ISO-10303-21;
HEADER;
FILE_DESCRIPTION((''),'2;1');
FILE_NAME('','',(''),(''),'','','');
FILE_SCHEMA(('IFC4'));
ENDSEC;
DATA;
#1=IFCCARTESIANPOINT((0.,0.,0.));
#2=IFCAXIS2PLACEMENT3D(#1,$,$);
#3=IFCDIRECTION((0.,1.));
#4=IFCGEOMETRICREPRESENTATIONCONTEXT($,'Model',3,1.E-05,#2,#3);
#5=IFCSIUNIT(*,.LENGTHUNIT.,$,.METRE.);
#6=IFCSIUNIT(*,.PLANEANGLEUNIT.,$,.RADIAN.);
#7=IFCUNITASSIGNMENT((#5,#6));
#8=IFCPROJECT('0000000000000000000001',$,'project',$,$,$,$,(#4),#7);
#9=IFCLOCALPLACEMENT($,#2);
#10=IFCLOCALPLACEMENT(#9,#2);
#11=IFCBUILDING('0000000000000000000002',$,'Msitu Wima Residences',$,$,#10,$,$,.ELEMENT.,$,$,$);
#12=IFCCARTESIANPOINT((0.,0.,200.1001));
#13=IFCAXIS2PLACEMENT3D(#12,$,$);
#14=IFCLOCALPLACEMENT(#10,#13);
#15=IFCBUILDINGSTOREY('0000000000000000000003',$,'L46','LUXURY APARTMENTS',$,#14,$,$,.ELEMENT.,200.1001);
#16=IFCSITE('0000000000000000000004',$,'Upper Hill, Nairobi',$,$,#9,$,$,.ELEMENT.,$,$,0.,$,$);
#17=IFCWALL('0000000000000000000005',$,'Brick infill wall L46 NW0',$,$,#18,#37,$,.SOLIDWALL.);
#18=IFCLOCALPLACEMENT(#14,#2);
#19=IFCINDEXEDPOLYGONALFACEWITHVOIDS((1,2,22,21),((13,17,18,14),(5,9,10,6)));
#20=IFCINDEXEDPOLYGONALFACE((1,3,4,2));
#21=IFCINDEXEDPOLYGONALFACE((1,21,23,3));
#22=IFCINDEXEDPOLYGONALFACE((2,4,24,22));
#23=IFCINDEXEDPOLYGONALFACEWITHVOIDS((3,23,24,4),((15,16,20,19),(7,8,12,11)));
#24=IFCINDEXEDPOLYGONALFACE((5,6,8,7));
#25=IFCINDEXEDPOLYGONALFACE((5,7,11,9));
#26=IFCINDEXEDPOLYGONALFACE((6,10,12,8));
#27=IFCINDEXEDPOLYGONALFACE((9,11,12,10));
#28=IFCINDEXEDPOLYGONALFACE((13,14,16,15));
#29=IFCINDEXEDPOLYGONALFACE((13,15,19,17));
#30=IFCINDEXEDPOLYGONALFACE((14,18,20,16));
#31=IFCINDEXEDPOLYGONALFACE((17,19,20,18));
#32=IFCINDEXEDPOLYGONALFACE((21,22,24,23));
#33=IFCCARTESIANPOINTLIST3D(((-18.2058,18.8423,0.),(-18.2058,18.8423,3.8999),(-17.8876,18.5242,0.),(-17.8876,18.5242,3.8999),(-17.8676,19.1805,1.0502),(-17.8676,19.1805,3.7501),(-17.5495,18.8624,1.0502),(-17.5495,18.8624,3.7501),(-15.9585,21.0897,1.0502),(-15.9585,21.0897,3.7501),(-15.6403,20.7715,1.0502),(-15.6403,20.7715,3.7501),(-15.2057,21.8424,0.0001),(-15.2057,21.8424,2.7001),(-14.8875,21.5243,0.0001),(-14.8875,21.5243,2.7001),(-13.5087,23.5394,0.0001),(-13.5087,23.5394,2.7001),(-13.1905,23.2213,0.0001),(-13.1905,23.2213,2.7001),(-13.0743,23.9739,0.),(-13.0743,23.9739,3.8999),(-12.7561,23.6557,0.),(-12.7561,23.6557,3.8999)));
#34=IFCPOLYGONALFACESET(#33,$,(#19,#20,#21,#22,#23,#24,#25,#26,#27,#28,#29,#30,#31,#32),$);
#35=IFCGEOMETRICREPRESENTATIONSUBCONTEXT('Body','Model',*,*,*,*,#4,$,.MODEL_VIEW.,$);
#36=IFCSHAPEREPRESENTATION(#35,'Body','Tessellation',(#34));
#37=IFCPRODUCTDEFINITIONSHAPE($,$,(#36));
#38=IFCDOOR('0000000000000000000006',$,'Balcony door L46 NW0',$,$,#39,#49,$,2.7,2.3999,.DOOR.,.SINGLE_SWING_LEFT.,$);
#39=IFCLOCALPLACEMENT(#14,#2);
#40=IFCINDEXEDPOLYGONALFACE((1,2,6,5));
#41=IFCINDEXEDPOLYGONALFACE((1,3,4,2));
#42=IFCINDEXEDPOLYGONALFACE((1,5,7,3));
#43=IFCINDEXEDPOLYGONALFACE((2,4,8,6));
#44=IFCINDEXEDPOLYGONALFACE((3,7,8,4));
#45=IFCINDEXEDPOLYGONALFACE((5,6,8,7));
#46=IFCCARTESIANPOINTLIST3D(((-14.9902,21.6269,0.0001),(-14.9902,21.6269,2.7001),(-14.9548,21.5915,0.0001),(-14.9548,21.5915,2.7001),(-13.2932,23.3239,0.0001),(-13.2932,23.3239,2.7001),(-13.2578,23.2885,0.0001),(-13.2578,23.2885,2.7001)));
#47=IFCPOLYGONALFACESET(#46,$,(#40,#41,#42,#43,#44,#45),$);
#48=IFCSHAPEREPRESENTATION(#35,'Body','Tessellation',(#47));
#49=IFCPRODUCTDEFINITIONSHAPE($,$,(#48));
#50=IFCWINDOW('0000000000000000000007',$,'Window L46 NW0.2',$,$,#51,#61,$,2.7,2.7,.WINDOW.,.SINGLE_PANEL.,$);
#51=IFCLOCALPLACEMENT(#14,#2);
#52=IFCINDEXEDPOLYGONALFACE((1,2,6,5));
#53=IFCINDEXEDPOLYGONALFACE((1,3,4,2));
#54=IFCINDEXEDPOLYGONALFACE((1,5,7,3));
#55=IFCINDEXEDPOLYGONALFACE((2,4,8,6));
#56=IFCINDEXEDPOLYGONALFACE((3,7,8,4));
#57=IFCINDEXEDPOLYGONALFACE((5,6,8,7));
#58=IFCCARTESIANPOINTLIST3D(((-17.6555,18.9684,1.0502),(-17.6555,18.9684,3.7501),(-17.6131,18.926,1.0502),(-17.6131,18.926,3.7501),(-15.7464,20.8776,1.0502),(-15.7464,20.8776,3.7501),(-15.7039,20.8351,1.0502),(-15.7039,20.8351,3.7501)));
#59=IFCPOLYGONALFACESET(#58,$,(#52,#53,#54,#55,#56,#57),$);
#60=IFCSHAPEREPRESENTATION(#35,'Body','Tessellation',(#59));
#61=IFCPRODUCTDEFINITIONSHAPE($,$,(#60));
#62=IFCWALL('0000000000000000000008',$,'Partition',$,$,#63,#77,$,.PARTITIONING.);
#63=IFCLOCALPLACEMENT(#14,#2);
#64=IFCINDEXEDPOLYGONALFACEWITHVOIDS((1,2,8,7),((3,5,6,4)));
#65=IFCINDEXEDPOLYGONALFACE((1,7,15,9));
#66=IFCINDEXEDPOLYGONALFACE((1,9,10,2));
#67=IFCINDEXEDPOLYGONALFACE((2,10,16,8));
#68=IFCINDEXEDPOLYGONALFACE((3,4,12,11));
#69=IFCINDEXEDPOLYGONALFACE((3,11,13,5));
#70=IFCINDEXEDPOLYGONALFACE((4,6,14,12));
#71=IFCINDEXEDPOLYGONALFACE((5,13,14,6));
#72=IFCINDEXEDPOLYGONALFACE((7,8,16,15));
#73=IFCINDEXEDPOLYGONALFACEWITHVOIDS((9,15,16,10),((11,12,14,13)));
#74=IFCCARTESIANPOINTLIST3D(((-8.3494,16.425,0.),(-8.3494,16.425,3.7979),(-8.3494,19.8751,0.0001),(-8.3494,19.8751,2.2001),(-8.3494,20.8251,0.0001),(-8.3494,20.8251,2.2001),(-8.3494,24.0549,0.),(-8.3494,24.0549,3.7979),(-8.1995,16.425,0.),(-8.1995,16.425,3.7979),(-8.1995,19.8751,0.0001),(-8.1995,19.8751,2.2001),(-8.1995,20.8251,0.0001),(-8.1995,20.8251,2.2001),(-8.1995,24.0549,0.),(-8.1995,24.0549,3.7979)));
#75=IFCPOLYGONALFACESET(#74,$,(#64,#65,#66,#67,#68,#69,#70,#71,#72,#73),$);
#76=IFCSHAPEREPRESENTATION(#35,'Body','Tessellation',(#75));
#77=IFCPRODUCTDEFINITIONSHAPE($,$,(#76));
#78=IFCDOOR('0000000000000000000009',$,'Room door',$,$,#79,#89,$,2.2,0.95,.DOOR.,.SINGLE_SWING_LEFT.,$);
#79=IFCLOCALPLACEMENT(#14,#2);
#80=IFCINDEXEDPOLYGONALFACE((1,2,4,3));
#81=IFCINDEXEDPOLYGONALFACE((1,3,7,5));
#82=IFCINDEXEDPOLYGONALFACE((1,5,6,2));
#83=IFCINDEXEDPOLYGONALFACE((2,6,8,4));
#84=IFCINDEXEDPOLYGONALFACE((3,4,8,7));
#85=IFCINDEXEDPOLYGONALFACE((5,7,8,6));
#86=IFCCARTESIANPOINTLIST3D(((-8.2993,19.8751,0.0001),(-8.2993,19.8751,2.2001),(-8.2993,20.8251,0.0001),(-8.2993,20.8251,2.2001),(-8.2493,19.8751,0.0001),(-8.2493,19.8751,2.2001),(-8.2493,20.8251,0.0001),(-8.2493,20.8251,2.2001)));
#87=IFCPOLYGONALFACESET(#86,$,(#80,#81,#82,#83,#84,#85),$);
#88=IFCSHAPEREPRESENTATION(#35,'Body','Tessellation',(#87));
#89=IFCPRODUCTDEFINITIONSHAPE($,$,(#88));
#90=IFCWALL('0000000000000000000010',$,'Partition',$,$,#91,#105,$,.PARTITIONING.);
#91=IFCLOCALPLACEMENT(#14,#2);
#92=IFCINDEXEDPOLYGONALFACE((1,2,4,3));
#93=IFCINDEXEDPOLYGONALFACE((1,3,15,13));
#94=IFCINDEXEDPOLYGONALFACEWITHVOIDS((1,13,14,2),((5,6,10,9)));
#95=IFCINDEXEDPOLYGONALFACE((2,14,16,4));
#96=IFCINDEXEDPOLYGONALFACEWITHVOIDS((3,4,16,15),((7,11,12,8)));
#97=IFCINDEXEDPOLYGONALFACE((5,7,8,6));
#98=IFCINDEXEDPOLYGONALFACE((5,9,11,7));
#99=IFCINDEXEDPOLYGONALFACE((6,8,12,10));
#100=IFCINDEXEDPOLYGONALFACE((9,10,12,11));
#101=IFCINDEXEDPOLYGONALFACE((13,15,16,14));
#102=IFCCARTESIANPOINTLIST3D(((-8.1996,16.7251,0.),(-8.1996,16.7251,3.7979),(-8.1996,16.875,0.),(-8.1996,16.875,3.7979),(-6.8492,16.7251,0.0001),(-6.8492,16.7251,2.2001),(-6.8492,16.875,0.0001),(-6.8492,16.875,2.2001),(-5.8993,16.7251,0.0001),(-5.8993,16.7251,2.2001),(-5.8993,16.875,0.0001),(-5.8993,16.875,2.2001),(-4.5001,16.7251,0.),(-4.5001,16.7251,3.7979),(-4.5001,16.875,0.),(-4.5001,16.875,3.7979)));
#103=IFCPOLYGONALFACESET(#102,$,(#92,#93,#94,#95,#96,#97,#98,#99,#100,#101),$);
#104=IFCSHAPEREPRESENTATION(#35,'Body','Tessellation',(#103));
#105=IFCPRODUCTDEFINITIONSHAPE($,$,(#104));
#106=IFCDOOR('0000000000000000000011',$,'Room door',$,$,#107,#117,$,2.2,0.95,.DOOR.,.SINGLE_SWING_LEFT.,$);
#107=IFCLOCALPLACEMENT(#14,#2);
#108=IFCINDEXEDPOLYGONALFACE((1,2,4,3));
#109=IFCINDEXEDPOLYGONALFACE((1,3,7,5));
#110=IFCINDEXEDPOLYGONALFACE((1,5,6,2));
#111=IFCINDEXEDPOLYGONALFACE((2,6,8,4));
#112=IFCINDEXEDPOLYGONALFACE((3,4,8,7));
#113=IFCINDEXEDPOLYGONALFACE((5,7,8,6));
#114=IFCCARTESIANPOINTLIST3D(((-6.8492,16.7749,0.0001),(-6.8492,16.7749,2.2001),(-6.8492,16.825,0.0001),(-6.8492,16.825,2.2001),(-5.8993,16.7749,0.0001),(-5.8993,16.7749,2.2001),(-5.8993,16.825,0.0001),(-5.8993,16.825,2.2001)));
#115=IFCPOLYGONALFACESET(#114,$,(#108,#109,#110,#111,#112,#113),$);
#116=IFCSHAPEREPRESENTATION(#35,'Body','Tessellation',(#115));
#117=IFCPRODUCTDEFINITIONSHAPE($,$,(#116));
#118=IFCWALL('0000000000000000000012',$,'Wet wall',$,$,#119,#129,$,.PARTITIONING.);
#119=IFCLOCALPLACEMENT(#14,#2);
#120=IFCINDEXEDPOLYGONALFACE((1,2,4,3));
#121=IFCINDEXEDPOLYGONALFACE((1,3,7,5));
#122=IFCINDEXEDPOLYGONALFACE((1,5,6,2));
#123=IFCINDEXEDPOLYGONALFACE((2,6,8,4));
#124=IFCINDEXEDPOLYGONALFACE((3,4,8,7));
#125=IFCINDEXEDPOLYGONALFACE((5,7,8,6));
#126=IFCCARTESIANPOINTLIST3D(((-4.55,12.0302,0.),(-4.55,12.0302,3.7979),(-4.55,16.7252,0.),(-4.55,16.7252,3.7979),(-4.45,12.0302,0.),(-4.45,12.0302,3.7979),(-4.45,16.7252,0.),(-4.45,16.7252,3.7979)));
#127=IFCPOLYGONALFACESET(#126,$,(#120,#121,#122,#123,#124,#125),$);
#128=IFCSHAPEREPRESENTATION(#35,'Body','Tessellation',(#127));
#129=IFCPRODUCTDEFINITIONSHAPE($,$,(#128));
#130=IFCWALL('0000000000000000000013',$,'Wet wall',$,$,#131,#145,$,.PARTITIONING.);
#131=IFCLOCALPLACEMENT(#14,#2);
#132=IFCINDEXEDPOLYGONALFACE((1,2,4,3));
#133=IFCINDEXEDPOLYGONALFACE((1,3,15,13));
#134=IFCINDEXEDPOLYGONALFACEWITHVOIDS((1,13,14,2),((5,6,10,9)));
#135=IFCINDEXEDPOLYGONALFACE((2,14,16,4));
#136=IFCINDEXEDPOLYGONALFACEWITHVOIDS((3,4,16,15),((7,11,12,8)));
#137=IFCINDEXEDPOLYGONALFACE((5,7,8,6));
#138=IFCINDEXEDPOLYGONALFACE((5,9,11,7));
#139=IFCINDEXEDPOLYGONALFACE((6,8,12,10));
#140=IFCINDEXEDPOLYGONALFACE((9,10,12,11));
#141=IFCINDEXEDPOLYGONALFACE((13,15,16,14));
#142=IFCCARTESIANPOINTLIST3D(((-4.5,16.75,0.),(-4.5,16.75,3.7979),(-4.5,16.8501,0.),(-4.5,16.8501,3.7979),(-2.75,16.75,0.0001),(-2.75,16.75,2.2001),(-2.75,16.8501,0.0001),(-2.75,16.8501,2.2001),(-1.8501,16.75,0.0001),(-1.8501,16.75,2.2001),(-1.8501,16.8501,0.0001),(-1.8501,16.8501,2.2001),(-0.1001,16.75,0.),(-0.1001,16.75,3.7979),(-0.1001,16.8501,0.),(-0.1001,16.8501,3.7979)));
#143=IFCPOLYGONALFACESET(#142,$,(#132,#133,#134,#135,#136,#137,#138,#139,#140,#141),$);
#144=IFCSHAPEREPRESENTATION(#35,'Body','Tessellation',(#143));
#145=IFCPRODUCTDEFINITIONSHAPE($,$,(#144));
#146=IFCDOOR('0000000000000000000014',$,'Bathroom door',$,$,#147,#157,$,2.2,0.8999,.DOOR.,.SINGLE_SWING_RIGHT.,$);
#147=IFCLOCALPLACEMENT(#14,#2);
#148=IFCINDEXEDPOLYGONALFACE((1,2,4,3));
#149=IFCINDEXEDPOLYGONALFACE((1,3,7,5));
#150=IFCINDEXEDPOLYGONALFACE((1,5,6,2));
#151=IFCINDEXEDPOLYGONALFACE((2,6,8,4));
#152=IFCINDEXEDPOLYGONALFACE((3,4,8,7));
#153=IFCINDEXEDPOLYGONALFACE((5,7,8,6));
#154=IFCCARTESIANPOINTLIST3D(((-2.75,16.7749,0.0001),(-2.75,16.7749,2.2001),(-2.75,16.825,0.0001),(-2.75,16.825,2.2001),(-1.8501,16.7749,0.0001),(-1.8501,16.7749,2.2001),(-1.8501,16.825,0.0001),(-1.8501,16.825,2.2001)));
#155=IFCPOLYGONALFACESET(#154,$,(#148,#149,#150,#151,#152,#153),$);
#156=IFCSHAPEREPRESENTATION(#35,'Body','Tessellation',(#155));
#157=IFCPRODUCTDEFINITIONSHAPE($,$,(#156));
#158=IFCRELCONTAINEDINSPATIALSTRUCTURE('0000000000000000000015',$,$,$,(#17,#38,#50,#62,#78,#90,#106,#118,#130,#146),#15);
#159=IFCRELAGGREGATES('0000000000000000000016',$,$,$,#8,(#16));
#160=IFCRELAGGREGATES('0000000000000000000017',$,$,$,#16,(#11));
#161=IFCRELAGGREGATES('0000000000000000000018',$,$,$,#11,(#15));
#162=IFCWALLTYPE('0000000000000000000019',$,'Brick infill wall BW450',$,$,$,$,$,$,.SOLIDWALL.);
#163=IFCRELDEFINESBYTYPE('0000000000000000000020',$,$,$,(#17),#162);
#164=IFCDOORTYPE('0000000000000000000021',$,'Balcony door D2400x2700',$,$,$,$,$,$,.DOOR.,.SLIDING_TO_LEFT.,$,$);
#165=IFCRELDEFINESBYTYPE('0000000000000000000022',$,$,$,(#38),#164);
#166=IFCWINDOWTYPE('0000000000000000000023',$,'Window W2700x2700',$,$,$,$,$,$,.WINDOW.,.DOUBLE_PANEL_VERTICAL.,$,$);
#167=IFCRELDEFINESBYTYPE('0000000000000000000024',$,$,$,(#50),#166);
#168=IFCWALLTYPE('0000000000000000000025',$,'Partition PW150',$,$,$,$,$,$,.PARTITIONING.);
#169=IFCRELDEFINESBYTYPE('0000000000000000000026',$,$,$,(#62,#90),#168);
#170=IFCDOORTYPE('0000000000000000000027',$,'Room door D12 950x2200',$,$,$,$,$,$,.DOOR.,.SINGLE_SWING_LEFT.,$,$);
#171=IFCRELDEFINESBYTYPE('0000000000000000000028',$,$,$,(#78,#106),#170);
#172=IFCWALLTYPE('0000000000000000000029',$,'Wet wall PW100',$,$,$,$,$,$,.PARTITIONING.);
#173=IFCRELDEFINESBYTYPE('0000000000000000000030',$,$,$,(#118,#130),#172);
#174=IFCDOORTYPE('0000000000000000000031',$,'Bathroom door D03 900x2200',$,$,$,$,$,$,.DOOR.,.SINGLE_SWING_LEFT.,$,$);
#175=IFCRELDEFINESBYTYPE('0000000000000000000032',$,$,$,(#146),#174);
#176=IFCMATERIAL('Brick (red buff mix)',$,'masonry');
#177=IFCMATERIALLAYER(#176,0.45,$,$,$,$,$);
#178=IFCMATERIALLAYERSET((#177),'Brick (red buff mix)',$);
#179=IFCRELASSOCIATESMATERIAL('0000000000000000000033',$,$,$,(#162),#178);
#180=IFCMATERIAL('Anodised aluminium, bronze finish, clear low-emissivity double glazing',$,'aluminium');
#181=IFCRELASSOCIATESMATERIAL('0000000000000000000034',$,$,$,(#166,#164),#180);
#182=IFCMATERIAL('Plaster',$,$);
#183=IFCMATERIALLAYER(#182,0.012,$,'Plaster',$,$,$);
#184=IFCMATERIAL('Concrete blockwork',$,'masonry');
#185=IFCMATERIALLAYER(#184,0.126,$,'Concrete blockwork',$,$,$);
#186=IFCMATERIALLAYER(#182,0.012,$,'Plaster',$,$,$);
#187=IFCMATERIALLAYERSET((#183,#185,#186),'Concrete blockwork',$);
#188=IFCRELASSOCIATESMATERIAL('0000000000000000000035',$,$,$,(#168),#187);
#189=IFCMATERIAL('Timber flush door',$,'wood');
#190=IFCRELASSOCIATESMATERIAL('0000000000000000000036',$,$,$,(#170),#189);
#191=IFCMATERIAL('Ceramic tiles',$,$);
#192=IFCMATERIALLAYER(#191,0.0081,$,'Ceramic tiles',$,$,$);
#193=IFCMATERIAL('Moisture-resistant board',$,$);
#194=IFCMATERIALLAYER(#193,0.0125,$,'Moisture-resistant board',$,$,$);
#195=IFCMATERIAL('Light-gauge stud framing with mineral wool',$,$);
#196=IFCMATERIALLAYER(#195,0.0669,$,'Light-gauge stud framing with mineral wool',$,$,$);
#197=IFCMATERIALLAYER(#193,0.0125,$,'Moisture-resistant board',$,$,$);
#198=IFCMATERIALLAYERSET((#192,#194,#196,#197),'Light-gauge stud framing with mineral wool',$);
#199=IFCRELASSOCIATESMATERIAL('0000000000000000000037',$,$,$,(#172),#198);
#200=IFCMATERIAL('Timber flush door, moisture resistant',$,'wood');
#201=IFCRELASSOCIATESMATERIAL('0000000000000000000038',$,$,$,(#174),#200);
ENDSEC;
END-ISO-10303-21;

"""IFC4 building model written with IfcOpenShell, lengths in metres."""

from ifc_helpers import new_model, si_unit, direction, frame, frame_2d, origin, place, context, subcontext, project, spatial, rectangle, extrude, material, layer, layer_set, type_object, element, fill, save


model = new_model("IFC4")

# Units and contexts
model_context = context("Model", 3, precision=1e-05, world=origin(), true_north=direction((0.0, 1.0)))
body_context = subcontext(model_context, "Body", "Model", "MODEL_VIEW")
ifc_project = project(units=[si_unit("LENGTHUNIT", "METRE"), si_unit("PLANEANGLEUNIT", "RADIAN")], contexts=[model_context])

# Site, building, storey
site_placement = place(None, origin())
site = spatial("IfcSite", under=ifc_project, at=site_placement, Name="Upper Hill, Nairobi", CompositionType="ELEMENT", RefElevation=0.0)
building_placement = place(site_placement, origin())
building = spatial("IfcBuilding", under=site, at=building_placement, Name="Msitu Wima Residences", CompositionType="ELEMENT")
storey_placement = place(building_placement, frame((0.0, 0.0, 200.1001)))
storey = spatial("IfcBuildingStorey", under=building, at=storey_placement, Name="L46", Description="LUXURY APARTMENTS", CompositionType="ELEMENT", Elevation=200.1001)

# Shared definitions
ifc_material_1 = material(Name="Brick (red buff mix)", Category="masonry")
ifc_layer_1 = layer(ifc_material_1, 0.45)
ifc_layer_set_1 = layer_set([ifc_layer_1], Name="Brick (red buff mix)")
wall_type_1 = type_object("IfcWallType", Name="Brick infill wall BW450", PredefinedType="SOLIDWALL", material=ifc_layer_set_1)
ifc_material_2 = material(Name="Anodised aluminium, bronze finish, clear low-emissivity double glazing", Category="aluminium")
window_type = type_object("IfcWindowType", Name="Window W2700x2700", PartitioningType="DOUBLE_PANEL_VERTICAL", PredefinedType="WINDOW", material=ifc_material_2)

# Wall, openings, door, window
wall_1_placement = place(storey_placement, frame((-12.9153, 23.8147, 0.0), z_axis=(0.0, 0.0, 1.0), x_axis=(-0.707107, -0.707107, 0.0)))
wall_1 = element("IfcWall", 1, at=wall_1_placement, inside=storey, type_object=wall_type_1, Name="Brick infill wall L46 NW0", PredefinedType="SOLIDWALL", context=body_context, shape_type="SweptSolid", body=[
    extrude(rectangle(XDim=7.2571, YDim=0.45, at=frame_2d((3.6284, 0.0))), origin(), (0.0, 0.0, 1.0), 3.8999),
])
opening_1_placement = place(wall_1_placement, frame((0.6143, 0.0, 0.0)))
opening_1 = element("IfcOpeningElement", 2, at=opening_1_placement, cuts=wall_1, PredefinedType="OPENING", context=body_context, shape_type="SweptSolid", body=[
    extrude(rectangle(XDim=2.3999, YDim=2.7, at=frame_2d((1.2, 1.3501))), frame((0.0, 0.2349, 0.0), z_axis=(0.0, -1.0, 0.0), x_axis=(1.0, 0.0, 0.0)), (0.0, 0.0, 1.0), 0.47),
])
opening_2_placement = place(wall_1_placement, frame((4.0786, 0.0, 1.05)))
opening_2 = element("IfcOpeningElement", 3, at=opening_2_placement, cuts=wall_1, PredefinedType="OPENING", context=body_context, shape_type="SweptSolid", body=[
    extrude(rectangle(XDim=2.7, YDim=2.7, at=frame_2d((1.3501, 1.3501))), frame((0.0, 0.2349, 0.0), z_axis=(0.0, -1.0, 0.0), x_axis=(1.0, 0.0, 0.0)), (0.0, 0.0, 1.0), 0.47),
])
door_type_1 = type_object("IfcDoorType", Name="Balcony door D2400x2700", OperationType="SLIDING_TO_LEFT", PredefinedType="DOOR", material=ifc_material_2)
door_1_placement = place(opening_1_placement, origin())
door_1 = element("IfcDoor", 4, at=door_1_placement, inside=storey, type_object=door_type_1, Name="Balcony door L46 NW0", OperationType="SINGLE_SWING_LEFT", OverallHeight=2.7, OverallWidth=2.3999, PredefinedType="DOOR", context=body_context, shape_type="SweptSolid", body=[
    extrude(rectangle(XDim=2.3999, YDim=2.7, at=frame_2d((1.2, 1.3501))), frame((0.0, 0.1299, 0.0), z_axis=(0.0, -1.0, 0.0), x_axis=(1.0, 0.0, 0.0)), (0.0, 0.0, 1.0), 0.05),
])
fill(opening_1, door_1)
window_1_placement = place(opening_2_placement, origin())
window_1 = element("IfcWindow", 5, at=window_1_placement, inside=storey, type_object=window_type, Name="Window L46 NW0.2", OverallHeight=2.7, OverallWidth=2.7, PartitioningType="SINGLE_PANEL", PredefinedType="WINDOW", context=body_context, shape_type="SweptSolid", body=[
    extrude(rectangle(XDim=2.7, YDim=2.7, at=frame_2d((1.3501, 1.3501))), frame((0.0, 0.135, 0.0), z_axis=(0.0, -1.0, 0.0), x_axis=(1.0, 0.0, 0.0)), (0.0, 0.0, 1.0), 0.0601),
])
fill(opening_2, window_1)

# Shared definitions
ifc_material_3 = material(Name="Plaster")
ifc_layer_2 = layer(ifc_material_3, 0.012, Name="Plaster")
ifc_material_4 = material(Name="Concrete blockwork", Category="masonry")
ifc_layer_3 = layer(ifc_material_4, 0.126, Name="Concrete blockwork")
ifc_layer_4 = layer(ifc_material_3, 0.012, Name="Plaster")
ifc_layer_set_2 = layer_set([ifc_layer_2, ifc_layer_3, ifc_layer_4], Name="Concrete blockwork")
wall_type_2 = type_object("IfcWallType", Name="Partition PW150", PredefinedType="PARTITIONING", material=ifc_layer_set_2)

# Walls, openings, doors
wall_2_placement = place(storey_placement, frame((-8.2744, 16.425, 0.0), z_axis=(0.0, 0.0, 1.0), x_axis=(0.0, 1.0, 0.0)))
wall_2 = element("IfcWall", 6, at=wall_2_placement, inside=storey, type_object=wall_type_2, Name="Partition", PredefinedType="PARTITIONING", context=body_context, shape_type="SweptSolid", body=[
    extrude(rectangle(XDim=7.6299, YDim=0.1499, at=frame_2d((3.8149, 0.0))), origin(), (0.0, 0.0, 1.0), 3.7979),
])
opening_3_placement = place(wall_2_placement, frame((3.45, 0.0, 0.0)))
opening_3 = element("IfcOpeningElement", 7, at=opening_3_placement, cuts=wall_2, PredefinedType="OPENING", context=body_context, shape_type="SweptSolid", body=[
    extrude(rectangle(XDim=0.95, YDim=2.2, at=frame_2d((0.4751, 1.1001))), frame((0.0, 0.085, 0.0), z_axis=(0.0, -1.0, 0.0), x_axis=(1.0, 0.0, 0.0)), (0.0, 0.0, 1.0), 0.1699),
])
ifc_material_5 = material(Name="Timber flush door", Category="wood")
door_type_2 = type_object("IfcDoorType", Name="Room door D12 950x2200", OperationType="SINGLE_SWING_LEFT", PredefinedType="DOOR", material=ifc_material_5)
door_2_placement = place(opening_3_placement, origin())
door_2 = element("IfcDoor", 8, at=door_2_placement, inside=storey, type_object=door_type_2, Name="Room door", OperationType="SINGLE_SWING_LEFT", OverallHeight=2.2, OverallWidth=0.95, PredefinedType="DOOR", context=body_context, shape_type="SweptSolid", body=[
    extrude(rectangle(XDim=0.95, YDim=2.2, at=frame_2d((0.4751, 1.1001))), frame((0.0, 0.0249, 0.0), z_axis=(0.0, -1.0, 0.0), x_axis=(1.0, 0.0, 0.0)), (0.0, 0.0, 1.0), 0.05),
])
fill(opening_3, door_2)
wall_3_placement = place(storey_placement, frame((-8.1995, 16.8, 0.0), z_axis=(0.0, 0.0, 1.0), x_axis=(1.0, 0.0, 0.0)))
wall_3 = element("IfcWall", 9, at=wall_3_placement, inside=storey, type_object=wall_type_2, Name="Partition", PredefinedType="PARTITIONING", context=body_context, shape_type="SweptSolid", body=[
    extrude(rectangle(XDim=3.6995, YDim=0.1499, at=frame_2d((1.8496, 0.0))), origin(), (0.0, 0.0, 1.0), 3.7979),
])
opening_4_placement = place(wall_3_placement, frame((1.3501, 0.0, 0.0)))
opening_4 = element("IfcOpeningElement", 10, at=opening_4_placement, cuts=wall_3, PredefinedType="OPENING", context=body_context, shape_type="SweptSolid", body=[
    extrude(rectangle(XDim=0.95, YDim=2.2, at=frame_2d((0.4751, 1.1001))), frame((0.0, 0.085, 0.0), z_axis=(0.0, -1.0, 0.0), x_axis=(1.0, 0.0, 0.0)), (0.0, 0.0, 1.0), 0.1699),
])
door_3_placement = place(opening_4_placement, origin())
door_3 = element("IfcDoor", 11, at=door_3_placement, inside=storey, type_object=door_type_2, Name="Room door", OperationType="SINGLE_SWING_LEFT", OverallHeight=2.2, OverallWidth=0.95, PredefinedType="DOOR", context=body_context, shape_type="SweptSolid", body=[
    extrude(rectangle(XDim=0.95, YDim=2.2, at=frame_2d((0.4751, 1.1001))), frame((0.0, 0.0249, 0.0), z_axis=(0.0, -1.0, 0.0), x_axis=(1.0, 0.0, 0.0)), (0.0, 0.0, 1.0), 0.05),
])
fill(opening_4, door_3)

# Wall
ifc_material_6 = material(Name="Ceramic tiles")
ifc_layer_5 = layer(ifc_material_6, 0.0081, Name="Ceramic tiles")
ifc_material_7 = material(Name="Moisture-resistant board")
ifc_layer_6 = layer(ifc_material_7, 0.0125, Name="Moisture-resistant board")
ifc_material_8 = material(Name="Light-gauge stud framing with mineral wool")
ifc_layer_7 = layer(ifc_material_8, 0.0669, Name="Light-gauge stud framing with mineral wool")
ifc_layer_8 = layer(ifc_material_7, 0.0125, Name="Moisture-resistant board")
ifc_layer_set_3 = layer_set([ifc_layer_5, ifc_layer_6, ifc_layer_7, ifc_layer_8], Name="Light-gauge stud framing with mineral wool")
wall_type_3 = type_object("IfcWallType", Name="Wet wall PW100", PredefinedType="PARTITIONING", material=ifc_layer_set_3)
wall_4_placement = place(storey_placement, frame((-4.5, 12.03, 0.0), z_axis=(0.0, 0.0, 1.0), x_axis=(0.0, 1.0, 0.0)))
element("IfcWall", 12, at=wall_4_placement, inside=storey, type_object=wall_type_3, Name="Wet wall", PredefinedType="PARTITIONING", context=body_context, shape_type="SweptSolid", body=[
    extrude(rectangle(XDim=4.6951, YDim=0.1001, at=frame_2d((2.3477, 0.0))), origin(), (0.0, 0.0, 1.0), 3.7979),
])

# Wall, opening, door
wall_5_placement = place(storey_placement, frame((-4.5, 16.8, 0.0), z_axis=(0.0, 0.0, 1.0), x_axis=(1.0, 0.0, 0.0)))
wall_5 = element("IfcWall", 13, at=wall_5_placement, inside=storey, type_object=wall_type_3, Name="Wet wall", PredefinedType="PARTITIONING", context=body_context, shape_type="SweptSolid", body=[
    extrude(rectangle(XDim=4.3999, YDim=0.1001, at=frame_2d((2.2, 0.0))), origin(), (0.0, 0.0, 1.0), 3.7979),
])
opening_5_placement = place(wall_5_placement, frame((1.75, 0.0, 0.0)))
opening_5 = element("IfcOpeningElement", 14, at=opening_5_placement, cuts=wall_5, PredefinedType="OPENING", context=body_context, shape_type="SweptSolid", body=[
    extrude(rectangle(XDim=0.8999, YDim=2.2, at=frame_2d((0.45, 1.1001))), frame((0.0, 0.0601, 0.0), z_axis=(0.0, -1.0, 0.0), x_axis=(1.0, 0.0, 0.0)), (0.0, 0.0, 1.0), 0.1201),
])
ifc_material_9 = material(Name="Timber flush door, moisture resistant", Category="wood")
door_type_3 = type_object("IfcDoorType", Name="Bathroom door D03 900x2200", OperationType="SINGLE_SWING_LEFT", PredefinedType="DOOR", material=ifc_material_9)
door_4_placement = place(opening_5_placement, origin())
door_4 = element("IfcDoor", 15, at=door_4_placement, inside=storey, type_object=door_type_3, Name="Bathroom door", OperationType="SINGLE_SWING_RIGHT", OverallHeight=2.2, OverallWidth=0.8999, PredefinedType="DOOR", context=body_context, shape_type="SweptSolid", body=[
    extrude(rectangle(XDim=0.8999, YDim=2.2, at=frame_2d((0.45, 1.1001))), frame((0.0, 0.0249, 0.0), z_axis=(0.0, -1.0, 0.0), x_axis=(1.0, 0.0, 0.0)), (0.0, 0.0, 1.0), 0.05),
])
fill(opening_5, door_4)

save(model, "model.ifc")
